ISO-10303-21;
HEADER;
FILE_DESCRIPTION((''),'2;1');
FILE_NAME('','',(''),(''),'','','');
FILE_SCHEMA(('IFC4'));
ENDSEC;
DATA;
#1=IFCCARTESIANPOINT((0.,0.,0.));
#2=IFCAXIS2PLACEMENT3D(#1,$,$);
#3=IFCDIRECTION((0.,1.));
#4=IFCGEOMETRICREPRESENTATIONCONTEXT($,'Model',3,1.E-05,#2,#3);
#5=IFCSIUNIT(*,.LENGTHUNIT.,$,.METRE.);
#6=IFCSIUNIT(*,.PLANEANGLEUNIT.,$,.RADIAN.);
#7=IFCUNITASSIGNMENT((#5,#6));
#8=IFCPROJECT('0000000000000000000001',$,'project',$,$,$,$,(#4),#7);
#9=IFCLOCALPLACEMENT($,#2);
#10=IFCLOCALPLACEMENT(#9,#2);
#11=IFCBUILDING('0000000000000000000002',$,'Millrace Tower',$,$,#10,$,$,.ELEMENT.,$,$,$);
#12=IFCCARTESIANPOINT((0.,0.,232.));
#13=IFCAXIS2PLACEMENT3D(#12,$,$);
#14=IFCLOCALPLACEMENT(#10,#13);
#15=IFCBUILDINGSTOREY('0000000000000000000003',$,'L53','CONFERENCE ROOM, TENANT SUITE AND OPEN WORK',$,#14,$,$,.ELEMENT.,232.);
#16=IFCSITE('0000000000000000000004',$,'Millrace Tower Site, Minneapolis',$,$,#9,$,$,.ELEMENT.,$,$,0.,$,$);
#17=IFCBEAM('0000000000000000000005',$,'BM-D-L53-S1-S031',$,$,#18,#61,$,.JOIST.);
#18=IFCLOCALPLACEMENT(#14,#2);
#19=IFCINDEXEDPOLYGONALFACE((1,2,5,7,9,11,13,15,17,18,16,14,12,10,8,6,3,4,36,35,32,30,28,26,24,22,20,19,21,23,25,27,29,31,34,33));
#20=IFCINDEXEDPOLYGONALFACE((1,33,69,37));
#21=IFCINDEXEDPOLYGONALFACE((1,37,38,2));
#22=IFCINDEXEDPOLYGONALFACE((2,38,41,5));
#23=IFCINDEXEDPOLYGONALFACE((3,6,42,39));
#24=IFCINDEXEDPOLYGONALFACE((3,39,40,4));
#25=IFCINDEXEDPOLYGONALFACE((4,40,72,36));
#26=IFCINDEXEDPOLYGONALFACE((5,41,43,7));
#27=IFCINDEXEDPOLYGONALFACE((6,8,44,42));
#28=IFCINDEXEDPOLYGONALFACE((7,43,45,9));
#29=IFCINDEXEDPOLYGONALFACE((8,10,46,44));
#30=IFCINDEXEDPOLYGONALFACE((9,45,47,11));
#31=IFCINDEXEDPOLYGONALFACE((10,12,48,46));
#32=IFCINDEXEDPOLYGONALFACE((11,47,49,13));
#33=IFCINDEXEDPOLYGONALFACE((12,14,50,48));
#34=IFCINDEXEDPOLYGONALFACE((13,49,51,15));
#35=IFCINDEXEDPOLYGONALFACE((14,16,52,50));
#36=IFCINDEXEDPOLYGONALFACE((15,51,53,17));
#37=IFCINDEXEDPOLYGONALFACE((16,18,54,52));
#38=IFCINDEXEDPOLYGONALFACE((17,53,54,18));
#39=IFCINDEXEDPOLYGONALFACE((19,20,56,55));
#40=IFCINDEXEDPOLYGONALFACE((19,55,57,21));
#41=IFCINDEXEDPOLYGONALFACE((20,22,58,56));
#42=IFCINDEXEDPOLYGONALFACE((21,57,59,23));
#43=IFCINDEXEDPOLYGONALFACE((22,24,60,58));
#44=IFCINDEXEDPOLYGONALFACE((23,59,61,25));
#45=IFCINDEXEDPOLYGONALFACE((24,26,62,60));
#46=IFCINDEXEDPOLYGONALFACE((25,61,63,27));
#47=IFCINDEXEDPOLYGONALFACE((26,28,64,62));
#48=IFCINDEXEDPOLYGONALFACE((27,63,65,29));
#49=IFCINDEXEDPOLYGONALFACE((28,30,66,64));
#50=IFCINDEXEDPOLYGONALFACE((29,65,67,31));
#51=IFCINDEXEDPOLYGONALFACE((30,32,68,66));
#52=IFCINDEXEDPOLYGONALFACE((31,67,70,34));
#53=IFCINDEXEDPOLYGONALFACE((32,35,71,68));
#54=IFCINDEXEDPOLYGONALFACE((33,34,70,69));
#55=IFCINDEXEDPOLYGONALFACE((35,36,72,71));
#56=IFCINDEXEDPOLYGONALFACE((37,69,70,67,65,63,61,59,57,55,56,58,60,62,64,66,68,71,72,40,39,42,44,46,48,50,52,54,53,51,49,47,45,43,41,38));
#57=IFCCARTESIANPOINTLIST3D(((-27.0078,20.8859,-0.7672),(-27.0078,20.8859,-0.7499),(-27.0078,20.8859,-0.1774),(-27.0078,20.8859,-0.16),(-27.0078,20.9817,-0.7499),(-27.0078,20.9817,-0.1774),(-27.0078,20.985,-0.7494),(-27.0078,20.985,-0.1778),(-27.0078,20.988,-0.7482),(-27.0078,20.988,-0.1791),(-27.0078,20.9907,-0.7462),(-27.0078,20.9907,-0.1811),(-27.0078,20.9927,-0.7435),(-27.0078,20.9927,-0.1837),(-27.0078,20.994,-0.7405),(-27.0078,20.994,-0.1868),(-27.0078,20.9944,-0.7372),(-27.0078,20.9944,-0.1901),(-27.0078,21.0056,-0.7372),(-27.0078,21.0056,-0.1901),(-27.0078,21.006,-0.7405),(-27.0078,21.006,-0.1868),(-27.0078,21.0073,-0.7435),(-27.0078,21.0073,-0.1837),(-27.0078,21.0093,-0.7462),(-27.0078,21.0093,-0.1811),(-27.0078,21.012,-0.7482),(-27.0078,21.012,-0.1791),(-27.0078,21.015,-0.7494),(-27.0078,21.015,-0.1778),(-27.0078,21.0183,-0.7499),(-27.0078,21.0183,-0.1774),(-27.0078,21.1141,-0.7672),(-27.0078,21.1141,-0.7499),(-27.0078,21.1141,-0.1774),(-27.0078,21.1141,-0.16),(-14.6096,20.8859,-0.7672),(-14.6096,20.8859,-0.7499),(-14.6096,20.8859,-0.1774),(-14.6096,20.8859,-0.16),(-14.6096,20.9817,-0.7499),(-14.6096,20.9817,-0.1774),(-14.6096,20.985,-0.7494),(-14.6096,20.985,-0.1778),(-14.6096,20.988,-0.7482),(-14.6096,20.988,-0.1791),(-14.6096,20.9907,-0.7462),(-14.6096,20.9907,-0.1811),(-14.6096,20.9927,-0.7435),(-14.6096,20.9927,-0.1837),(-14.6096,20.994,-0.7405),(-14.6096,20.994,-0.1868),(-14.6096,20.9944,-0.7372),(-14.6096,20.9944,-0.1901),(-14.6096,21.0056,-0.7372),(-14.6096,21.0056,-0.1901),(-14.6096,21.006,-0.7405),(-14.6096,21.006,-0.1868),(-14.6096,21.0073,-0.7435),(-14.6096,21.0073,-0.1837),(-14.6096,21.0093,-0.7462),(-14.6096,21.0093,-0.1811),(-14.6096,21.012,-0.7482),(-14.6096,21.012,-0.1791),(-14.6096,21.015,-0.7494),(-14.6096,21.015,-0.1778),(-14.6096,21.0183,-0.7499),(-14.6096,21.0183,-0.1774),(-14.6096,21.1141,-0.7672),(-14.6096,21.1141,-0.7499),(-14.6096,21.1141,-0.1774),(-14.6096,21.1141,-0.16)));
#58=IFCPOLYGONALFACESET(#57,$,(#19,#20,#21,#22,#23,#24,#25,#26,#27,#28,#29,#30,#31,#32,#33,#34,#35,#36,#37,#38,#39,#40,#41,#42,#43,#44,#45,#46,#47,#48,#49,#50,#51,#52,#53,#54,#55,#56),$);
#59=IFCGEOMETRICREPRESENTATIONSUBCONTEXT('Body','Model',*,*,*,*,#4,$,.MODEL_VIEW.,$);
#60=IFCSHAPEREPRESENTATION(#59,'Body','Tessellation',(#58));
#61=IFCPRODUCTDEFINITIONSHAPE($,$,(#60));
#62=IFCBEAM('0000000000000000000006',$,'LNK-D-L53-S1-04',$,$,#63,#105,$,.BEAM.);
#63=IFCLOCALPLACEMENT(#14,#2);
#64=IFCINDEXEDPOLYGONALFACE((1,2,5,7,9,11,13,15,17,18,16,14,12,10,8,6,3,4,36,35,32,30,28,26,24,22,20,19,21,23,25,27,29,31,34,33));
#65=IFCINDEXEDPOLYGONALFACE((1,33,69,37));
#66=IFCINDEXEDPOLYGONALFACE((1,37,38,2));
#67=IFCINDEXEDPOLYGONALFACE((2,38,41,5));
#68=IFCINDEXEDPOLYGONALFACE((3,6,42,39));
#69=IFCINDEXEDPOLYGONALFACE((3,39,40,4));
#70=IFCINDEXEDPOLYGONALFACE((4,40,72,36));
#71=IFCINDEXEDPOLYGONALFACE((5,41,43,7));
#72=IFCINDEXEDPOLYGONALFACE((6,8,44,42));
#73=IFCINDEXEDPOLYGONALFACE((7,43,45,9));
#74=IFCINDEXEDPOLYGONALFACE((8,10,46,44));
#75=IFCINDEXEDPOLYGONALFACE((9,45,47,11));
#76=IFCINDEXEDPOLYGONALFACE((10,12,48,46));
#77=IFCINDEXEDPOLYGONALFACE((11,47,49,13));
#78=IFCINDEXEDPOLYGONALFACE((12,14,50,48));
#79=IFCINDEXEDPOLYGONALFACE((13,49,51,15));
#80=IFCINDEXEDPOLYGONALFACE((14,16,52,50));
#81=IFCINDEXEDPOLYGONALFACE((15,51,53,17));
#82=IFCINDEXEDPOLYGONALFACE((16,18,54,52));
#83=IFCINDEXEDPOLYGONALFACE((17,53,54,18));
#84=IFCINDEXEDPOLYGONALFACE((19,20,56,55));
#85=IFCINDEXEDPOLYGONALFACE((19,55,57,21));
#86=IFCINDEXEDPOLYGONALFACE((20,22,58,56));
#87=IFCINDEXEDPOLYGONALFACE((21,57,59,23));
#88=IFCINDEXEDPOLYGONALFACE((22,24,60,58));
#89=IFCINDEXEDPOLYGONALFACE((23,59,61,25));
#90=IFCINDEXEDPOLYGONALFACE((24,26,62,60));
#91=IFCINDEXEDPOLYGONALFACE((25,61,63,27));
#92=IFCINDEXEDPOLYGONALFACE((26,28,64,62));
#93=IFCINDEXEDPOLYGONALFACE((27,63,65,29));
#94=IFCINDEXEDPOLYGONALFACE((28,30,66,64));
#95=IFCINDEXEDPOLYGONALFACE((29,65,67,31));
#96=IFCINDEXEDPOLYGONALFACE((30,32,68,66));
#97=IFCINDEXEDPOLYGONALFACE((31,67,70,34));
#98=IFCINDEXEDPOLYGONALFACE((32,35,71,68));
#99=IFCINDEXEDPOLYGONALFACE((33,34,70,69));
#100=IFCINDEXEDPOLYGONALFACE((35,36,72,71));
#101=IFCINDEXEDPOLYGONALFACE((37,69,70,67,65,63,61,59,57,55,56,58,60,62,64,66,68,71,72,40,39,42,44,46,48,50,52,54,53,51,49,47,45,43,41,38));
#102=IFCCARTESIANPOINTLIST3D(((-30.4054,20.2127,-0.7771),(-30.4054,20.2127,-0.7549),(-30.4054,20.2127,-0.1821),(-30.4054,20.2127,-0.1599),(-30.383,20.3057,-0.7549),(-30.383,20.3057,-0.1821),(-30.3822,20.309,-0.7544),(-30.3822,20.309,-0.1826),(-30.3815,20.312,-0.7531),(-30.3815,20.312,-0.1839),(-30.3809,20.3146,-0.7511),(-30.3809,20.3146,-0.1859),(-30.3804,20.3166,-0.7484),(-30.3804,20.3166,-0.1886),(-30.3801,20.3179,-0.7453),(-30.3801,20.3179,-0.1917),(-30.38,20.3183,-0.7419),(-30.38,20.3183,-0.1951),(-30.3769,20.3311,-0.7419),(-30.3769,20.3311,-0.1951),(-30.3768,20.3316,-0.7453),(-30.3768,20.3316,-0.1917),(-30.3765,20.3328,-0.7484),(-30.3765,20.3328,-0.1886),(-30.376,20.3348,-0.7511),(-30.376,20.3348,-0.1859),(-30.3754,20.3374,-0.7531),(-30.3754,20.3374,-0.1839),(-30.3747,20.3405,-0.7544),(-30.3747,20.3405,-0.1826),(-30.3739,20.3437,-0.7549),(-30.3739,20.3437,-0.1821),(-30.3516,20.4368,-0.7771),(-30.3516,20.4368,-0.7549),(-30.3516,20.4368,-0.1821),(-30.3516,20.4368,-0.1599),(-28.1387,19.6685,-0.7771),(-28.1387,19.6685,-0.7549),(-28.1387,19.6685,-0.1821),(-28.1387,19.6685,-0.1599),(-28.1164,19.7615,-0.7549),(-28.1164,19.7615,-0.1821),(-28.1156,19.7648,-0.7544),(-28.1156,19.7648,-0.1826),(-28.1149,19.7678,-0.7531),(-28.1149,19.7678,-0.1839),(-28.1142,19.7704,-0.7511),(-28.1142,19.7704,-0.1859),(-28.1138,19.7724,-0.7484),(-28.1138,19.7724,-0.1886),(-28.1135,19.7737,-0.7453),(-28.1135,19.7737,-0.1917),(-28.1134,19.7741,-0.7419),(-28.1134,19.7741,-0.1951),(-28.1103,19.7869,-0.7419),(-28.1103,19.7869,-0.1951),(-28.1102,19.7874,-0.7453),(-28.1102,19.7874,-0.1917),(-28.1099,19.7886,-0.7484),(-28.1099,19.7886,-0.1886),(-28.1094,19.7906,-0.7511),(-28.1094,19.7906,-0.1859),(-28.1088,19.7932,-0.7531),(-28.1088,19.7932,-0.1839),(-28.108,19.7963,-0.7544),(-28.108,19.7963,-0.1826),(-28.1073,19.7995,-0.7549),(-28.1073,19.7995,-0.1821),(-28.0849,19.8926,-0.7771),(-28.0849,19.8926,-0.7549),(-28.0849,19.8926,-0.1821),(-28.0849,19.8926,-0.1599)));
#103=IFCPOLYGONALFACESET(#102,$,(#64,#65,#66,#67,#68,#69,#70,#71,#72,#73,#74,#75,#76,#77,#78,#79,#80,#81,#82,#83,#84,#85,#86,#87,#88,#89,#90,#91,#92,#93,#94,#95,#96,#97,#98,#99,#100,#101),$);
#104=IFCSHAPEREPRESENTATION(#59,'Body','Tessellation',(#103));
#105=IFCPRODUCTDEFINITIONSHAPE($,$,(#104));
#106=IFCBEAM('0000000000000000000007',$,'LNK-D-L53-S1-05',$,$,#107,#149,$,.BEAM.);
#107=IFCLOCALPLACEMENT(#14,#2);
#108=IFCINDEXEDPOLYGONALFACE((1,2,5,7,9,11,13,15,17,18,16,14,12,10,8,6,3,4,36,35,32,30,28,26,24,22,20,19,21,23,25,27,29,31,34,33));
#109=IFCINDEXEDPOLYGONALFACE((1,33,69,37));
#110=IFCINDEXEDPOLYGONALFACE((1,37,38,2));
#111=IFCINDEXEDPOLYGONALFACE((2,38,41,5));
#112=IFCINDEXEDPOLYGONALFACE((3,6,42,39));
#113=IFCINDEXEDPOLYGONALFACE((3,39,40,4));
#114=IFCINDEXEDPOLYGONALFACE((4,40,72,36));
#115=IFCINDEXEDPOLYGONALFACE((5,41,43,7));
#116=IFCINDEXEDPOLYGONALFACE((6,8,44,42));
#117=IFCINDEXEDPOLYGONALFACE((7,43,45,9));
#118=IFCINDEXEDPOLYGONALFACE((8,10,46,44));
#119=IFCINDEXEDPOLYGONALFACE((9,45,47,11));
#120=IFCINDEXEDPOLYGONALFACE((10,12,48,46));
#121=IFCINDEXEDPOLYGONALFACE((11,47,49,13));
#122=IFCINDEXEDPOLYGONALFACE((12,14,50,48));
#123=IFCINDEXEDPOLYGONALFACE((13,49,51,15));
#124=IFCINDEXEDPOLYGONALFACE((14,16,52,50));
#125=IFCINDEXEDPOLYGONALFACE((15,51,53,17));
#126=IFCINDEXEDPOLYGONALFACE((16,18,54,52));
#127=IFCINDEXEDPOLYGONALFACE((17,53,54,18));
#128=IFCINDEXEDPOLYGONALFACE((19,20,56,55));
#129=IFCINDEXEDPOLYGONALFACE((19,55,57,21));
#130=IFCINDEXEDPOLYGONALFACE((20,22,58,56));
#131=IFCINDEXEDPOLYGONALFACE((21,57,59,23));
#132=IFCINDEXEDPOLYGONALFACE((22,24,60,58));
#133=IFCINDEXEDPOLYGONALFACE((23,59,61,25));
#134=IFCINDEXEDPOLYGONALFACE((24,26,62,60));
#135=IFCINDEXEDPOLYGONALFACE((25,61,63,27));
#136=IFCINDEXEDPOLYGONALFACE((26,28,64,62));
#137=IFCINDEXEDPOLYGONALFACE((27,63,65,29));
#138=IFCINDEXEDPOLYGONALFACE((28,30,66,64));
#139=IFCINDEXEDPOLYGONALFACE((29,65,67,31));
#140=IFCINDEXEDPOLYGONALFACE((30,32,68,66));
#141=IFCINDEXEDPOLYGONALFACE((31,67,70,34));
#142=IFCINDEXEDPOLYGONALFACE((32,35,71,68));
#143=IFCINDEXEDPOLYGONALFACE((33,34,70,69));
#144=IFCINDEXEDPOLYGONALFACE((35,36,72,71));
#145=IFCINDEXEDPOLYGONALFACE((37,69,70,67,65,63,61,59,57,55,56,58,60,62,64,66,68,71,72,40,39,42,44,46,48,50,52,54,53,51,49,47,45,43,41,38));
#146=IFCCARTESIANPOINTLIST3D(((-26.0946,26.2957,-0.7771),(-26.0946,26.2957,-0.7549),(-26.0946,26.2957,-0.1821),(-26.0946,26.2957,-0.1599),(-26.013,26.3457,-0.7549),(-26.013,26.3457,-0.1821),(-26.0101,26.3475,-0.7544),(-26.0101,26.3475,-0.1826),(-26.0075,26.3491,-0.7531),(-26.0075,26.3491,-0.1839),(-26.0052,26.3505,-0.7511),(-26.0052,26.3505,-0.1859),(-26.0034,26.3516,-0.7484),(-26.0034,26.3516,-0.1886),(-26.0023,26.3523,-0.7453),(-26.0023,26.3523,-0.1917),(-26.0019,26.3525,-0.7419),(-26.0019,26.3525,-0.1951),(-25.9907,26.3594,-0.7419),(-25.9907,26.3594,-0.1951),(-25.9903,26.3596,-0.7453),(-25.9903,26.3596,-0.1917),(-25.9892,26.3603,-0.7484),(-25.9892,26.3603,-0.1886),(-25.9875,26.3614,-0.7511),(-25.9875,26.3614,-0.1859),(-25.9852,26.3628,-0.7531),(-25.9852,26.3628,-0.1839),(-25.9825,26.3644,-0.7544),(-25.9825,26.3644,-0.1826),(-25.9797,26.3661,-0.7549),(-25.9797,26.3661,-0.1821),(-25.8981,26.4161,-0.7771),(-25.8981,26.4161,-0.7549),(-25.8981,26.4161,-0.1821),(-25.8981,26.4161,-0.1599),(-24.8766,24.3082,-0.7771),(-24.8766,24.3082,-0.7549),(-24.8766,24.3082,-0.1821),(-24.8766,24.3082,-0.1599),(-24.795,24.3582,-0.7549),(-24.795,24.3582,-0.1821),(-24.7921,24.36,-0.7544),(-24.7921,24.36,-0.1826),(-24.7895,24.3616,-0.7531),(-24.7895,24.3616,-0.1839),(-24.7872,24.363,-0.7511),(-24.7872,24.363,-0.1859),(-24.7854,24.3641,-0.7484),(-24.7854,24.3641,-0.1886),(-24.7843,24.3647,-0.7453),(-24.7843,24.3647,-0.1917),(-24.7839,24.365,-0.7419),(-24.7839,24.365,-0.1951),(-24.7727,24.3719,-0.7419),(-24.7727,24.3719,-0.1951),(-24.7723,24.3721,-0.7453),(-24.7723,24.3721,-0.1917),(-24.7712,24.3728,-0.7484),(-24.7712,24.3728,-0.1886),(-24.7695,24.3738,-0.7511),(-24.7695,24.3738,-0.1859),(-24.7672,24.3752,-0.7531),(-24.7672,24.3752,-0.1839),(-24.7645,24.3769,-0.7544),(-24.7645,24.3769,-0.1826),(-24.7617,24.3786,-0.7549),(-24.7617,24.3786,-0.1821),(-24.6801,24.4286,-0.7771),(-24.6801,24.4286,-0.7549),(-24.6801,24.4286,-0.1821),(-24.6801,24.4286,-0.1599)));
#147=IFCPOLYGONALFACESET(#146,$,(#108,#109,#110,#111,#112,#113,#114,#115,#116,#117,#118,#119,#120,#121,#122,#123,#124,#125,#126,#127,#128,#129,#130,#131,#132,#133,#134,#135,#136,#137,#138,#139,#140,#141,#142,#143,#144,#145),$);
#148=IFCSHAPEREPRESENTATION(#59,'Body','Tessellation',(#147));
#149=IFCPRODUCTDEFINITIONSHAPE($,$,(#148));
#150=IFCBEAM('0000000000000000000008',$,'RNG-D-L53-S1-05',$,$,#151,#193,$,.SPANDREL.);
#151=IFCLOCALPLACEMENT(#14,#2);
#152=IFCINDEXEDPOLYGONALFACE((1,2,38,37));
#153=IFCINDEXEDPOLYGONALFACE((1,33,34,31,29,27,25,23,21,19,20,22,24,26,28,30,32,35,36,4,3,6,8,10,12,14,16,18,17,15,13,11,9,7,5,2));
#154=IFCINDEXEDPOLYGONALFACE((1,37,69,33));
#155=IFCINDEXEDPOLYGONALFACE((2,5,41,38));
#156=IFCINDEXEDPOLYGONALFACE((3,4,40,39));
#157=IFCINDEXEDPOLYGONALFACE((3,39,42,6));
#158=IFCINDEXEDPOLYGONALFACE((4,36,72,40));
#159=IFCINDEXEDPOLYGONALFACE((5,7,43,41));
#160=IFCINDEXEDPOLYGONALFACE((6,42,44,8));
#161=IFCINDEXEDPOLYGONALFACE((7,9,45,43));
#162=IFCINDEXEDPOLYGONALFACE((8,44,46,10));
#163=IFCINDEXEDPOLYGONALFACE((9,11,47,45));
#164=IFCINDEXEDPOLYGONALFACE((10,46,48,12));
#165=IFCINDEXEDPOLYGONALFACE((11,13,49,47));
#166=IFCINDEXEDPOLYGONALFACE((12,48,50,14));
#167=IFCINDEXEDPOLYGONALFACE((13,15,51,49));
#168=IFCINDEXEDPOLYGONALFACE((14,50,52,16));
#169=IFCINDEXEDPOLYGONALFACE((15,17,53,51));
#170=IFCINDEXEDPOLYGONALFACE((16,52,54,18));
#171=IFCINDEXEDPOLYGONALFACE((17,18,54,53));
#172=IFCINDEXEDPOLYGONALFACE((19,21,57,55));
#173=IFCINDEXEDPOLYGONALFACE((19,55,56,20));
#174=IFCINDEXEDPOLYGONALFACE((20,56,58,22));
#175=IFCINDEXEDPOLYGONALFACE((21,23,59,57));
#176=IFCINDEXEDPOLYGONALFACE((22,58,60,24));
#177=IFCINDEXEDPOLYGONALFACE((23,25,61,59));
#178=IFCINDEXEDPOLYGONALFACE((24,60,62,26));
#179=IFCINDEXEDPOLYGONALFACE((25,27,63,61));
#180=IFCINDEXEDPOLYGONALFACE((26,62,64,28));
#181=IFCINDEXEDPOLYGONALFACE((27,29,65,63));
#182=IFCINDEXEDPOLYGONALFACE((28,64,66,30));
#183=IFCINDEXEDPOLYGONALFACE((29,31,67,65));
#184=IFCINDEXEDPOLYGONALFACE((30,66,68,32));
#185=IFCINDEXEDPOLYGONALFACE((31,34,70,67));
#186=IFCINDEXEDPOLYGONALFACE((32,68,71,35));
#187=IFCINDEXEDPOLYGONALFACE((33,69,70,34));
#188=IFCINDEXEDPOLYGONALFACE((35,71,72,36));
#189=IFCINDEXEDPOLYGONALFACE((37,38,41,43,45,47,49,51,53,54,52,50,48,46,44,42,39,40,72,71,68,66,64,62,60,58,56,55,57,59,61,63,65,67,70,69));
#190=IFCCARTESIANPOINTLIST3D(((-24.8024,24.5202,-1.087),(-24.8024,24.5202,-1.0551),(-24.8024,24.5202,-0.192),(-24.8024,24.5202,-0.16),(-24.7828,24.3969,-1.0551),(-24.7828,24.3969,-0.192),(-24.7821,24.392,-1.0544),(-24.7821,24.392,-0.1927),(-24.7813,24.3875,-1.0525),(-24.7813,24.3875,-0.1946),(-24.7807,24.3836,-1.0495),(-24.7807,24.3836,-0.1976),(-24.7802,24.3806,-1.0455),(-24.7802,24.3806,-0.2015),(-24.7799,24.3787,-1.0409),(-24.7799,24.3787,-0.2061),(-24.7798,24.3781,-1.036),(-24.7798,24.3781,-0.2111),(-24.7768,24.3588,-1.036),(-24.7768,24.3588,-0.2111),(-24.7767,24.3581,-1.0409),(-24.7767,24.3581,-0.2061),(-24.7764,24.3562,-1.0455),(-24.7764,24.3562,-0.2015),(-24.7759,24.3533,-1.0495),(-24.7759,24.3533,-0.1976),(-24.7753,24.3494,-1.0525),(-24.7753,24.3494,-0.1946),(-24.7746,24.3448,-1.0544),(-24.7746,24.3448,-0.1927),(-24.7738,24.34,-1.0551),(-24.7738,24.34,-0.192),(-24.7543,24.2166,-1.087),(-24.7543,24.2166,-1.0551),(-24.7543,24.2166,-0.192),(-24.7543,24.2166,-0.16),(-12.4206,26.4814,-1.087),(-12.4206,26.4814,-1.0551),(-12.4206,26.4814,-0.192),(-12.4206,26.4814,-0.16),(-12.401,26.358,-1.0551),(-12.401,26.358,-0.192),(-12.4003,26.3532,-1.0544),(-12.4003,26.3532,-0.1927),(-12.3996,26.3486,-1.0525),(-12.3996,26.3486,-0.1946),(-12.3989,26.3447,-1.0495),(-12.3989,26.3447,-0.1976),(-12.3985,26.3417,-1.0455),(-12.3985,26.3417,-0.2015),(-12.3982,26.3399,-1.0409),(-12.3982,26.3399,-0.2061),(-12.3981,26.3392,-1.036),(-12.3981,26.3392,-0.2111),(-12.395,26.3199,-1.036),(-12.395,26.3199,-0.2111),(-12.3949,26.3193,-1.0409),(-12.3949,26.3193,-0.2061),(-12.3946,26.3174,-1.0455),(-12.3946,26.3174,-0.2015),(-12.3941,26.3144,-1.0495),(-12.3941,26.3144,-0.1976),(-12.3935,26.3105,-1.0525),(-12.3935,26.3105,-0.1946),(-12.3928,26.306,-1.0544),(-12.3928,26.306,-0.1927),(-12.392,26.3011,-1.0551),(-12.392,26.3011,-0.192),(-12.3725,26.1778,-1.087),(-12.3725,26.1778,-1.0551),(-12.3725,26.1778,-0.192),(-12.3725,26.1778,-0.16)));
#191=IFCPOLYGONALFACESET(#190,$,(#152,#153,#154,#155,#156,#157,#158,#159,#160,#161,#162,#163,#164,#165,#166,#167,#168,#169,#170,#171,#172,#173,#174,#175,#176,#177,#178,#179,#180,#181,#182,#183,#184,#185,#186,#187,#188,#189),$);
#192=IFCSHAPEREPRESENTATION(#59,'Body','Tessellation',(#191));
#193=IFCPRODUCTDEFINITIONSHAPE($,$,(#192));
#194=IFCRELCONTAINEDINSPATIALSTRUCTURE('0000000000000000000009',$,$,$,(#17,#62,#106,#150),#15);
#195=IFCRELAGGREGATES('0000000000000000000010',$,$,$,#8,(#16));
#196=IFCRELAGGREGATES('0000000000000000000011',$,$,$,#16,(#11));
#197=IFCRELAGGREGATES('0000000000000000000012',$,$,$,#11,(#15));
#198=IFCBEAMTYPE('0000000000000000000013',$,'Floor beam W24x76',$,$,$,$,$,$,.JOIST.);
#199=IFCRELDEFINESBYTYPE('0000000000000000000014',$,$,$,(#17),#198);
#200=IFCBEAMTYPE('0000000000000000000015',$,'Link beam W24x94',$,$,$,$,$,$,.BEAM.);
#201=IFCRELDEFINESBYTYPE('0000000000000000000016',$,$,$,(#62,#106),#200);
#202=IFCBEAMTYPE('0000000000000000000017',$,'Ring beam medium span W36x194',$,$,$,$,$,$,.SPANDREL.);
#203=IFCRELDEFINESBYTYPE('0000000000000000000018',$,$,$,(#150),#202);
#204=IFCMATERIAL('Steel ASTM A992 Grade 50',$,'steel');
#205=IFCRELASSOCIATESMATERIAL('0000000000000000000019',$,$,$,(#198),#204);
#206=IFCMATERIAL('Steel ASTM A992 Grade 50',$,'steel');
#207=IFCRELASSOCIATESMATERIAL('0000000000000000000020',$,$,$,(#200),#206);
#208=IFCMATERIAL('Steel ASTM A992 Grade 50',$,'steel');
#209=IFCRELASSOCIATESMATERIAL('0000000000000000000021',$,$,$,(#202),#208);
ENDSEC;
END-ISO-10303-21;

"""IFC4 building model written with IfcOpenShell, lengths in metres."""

from ifc_helpers import new_model, si_unit, direction, frame, origin, origin_2d, place, context, subcontext, project, spatial, i_section, extrude, material, material_profile, profile_set, type_object, element, save


model = new_model("IFC4")

# Units and contexts
model_context = context("Model", 3, precision=1e-05, world=origin(), true_north=direction((0.0, 1.0)))
body_context = subcontext(model_context, "Body", "Model", "MODEL_VIEW")
ifc_project = project(units=[si_unit("LENGTHUNIT", "METRE"), si_unit("PLANEANGLEUNIT", "RADIAN")], contexts=[model_context])

# Site, building, storey
site_placement = place(None, origin())
site = spatial("IfcSite", under=ifc_project, at=site_placement, Name="Millrace Tower Site, Minneapolis", CompositionType="ELEMENT", RefElevation=0.0)
building_placement = place(site_placement, origin())
building = spatial("IfcBuilding", under=site, at=building_placement, Name="Millrace Tower", CompositionType="ELEMENT")
storey_placement = place(building_placement, frame((0.0, 0.0, 232.0)))
storey = spatial("IfcBuildingStorey", under=building, at=storey_placement, Name="L53", Description="CONFERENCE ROOM, TENANT SUITE AND OPEN WORK", CompositionType="ELEMENT", Elevation=232.0)

# Beams
ifc_material_1 = material(Name="Steel ASTM A992 Grade 50", Category="steel")
ifc_material_profile_1 = material_profile(ifc_material_1, i_section(OverallWidth=0.2283, OverallDepth=0.6072, WebThickness=0.0112, FlangeThickness=0.0173, FilletRadius=0.0127, at=origin_2d()))
ifc_profile_set_1 = profile_set([ifc_material_profile_1], Name="Steel ASTM A992 Grade 50")
beam_type_1 = type_object("IfcBeamType", Name="Floor beam W24x76", PredefinedType="JOIST", material=ifc_profile_set_1)
beam_1_placement = place(storey_placement, frame((-27.0078, 21.0, -0.4636), z_axis=(1.0, 0.0, 0.0), x_axis=(0.0, 1.0, 0.0)))
element("IfcBeam", 1, at=beam_1_placement, inside=storey, type_object=beam_type_1, Name="BM-D-L53-S1-S031", PredefinedType="JOIST", context=body_context, shape_type="SweptSolid", body=[
    extrude(i_section(OverallWidth=0.2283, OverallDepth=0.6072, WebThickness=0.0112, FlangeThickness=0.0173, FilletRadius=0.0127, at=origin_2d()), origin(), (0.0, 0.0, 1.0), 12.3982),
])
ifc_material_2 = material(Name="Steel ASTM A992 Grade 50", Category="steel")
ifc_material_profile_2 = material_profile(ifc_material_2, i_section(OverallWidth=0.2305, OverallDepth=0.6172, WebThickness=0.0132, FlangeThickness=0.0222, FilletRadius=0.0129, at=origin_2d()))
ifc_profile_set_2 = profile_set([ifc_material_profile_2], Name="Steel ASTM A992 Grade 50")
beam_type_2 = type_object("IfcBeamType", Name="Link beam W24x94", PredefinedType="BEAM", material=ifc_profile_set_2)
for number, where, z_axis, x_axis, name in (
    (2, (-28.1118, 19.7805, -0.4685), (-0.972367, 0.233456, 0.0), (-0.233456, -0.972367, 0.0), "LNK-D-L53-S1-04"),
    (3, (-24.7783, 24.3684, -0.4685), (-0.522513, 0.852631, 0.0), (-0.852631, -0.522513, 0.0), "LNK-D-L53-S1-05"),
):
    element("IfcBeam", number, at=place(storey_placement, frame(where, z_axis=z_axis, x_axis=x_axis)), inside=storey, type_object=beam_type_2, Name=name, PredefinedType="BEAM", context=body_context, shape_type="SweptSolid", body=[
        extrude(i_section(OverallWidth=0.2305, OverallDepth=0.6172, WebThickness=0.0132, FlangeThickness=0.0222, FilletRadius=0.0129, at=origin_2d()), origin(), (0.0, 0.0, 1.0), 2.3311),
    ])
ifc_material_3 = material(Name="Steel ASTM A992 Grade 50", Category="steel")
ifc_material_profile_3 = material_profile(ifc_material_3, i_section(OverallWidth=0.3074, OverallDepth=0.927, WebThickness=0.0195, FlangeThickness=0.032, FilletRadius=0.019, at=origin_2d()))
ifc_profile_set_3 = profile_set([ifc_material_profile_3], Name="Steel ASTM A992 Grade 50")
beam_type_3 = type_object("IfcBeamType", Name="Ring beam medium span W36x194", PredefinedType="SPANDREL", material=ifc_profile_set_3)
beam_2_placement = place(storey_placement, frame((-24.7783, 24.3684, -0.6235), z_axis=(0.987687, 0.156442, 0.0), x_axis=(-0.156442, 0.987687, 0.0)))
element("IfcBeam", 4, at=beam_2_placement, inside=storey, type_object=beam_type_3, Name="RNG-D-L53-S1-05", PredefinedType="SPANDREL", context=body_context, shape_type="SweptSolid", body=[
    extrude(i_section(OverallWidth=0.3074, OverallDepth=0.927, WebThickness=0.0195, FlangeThickness=0.032, FilletRadius=0.019, at=origin_2d()), origin(), (0.0, 0.0, 1.0), 12.5361),
])

save(model, "model.ifc")
